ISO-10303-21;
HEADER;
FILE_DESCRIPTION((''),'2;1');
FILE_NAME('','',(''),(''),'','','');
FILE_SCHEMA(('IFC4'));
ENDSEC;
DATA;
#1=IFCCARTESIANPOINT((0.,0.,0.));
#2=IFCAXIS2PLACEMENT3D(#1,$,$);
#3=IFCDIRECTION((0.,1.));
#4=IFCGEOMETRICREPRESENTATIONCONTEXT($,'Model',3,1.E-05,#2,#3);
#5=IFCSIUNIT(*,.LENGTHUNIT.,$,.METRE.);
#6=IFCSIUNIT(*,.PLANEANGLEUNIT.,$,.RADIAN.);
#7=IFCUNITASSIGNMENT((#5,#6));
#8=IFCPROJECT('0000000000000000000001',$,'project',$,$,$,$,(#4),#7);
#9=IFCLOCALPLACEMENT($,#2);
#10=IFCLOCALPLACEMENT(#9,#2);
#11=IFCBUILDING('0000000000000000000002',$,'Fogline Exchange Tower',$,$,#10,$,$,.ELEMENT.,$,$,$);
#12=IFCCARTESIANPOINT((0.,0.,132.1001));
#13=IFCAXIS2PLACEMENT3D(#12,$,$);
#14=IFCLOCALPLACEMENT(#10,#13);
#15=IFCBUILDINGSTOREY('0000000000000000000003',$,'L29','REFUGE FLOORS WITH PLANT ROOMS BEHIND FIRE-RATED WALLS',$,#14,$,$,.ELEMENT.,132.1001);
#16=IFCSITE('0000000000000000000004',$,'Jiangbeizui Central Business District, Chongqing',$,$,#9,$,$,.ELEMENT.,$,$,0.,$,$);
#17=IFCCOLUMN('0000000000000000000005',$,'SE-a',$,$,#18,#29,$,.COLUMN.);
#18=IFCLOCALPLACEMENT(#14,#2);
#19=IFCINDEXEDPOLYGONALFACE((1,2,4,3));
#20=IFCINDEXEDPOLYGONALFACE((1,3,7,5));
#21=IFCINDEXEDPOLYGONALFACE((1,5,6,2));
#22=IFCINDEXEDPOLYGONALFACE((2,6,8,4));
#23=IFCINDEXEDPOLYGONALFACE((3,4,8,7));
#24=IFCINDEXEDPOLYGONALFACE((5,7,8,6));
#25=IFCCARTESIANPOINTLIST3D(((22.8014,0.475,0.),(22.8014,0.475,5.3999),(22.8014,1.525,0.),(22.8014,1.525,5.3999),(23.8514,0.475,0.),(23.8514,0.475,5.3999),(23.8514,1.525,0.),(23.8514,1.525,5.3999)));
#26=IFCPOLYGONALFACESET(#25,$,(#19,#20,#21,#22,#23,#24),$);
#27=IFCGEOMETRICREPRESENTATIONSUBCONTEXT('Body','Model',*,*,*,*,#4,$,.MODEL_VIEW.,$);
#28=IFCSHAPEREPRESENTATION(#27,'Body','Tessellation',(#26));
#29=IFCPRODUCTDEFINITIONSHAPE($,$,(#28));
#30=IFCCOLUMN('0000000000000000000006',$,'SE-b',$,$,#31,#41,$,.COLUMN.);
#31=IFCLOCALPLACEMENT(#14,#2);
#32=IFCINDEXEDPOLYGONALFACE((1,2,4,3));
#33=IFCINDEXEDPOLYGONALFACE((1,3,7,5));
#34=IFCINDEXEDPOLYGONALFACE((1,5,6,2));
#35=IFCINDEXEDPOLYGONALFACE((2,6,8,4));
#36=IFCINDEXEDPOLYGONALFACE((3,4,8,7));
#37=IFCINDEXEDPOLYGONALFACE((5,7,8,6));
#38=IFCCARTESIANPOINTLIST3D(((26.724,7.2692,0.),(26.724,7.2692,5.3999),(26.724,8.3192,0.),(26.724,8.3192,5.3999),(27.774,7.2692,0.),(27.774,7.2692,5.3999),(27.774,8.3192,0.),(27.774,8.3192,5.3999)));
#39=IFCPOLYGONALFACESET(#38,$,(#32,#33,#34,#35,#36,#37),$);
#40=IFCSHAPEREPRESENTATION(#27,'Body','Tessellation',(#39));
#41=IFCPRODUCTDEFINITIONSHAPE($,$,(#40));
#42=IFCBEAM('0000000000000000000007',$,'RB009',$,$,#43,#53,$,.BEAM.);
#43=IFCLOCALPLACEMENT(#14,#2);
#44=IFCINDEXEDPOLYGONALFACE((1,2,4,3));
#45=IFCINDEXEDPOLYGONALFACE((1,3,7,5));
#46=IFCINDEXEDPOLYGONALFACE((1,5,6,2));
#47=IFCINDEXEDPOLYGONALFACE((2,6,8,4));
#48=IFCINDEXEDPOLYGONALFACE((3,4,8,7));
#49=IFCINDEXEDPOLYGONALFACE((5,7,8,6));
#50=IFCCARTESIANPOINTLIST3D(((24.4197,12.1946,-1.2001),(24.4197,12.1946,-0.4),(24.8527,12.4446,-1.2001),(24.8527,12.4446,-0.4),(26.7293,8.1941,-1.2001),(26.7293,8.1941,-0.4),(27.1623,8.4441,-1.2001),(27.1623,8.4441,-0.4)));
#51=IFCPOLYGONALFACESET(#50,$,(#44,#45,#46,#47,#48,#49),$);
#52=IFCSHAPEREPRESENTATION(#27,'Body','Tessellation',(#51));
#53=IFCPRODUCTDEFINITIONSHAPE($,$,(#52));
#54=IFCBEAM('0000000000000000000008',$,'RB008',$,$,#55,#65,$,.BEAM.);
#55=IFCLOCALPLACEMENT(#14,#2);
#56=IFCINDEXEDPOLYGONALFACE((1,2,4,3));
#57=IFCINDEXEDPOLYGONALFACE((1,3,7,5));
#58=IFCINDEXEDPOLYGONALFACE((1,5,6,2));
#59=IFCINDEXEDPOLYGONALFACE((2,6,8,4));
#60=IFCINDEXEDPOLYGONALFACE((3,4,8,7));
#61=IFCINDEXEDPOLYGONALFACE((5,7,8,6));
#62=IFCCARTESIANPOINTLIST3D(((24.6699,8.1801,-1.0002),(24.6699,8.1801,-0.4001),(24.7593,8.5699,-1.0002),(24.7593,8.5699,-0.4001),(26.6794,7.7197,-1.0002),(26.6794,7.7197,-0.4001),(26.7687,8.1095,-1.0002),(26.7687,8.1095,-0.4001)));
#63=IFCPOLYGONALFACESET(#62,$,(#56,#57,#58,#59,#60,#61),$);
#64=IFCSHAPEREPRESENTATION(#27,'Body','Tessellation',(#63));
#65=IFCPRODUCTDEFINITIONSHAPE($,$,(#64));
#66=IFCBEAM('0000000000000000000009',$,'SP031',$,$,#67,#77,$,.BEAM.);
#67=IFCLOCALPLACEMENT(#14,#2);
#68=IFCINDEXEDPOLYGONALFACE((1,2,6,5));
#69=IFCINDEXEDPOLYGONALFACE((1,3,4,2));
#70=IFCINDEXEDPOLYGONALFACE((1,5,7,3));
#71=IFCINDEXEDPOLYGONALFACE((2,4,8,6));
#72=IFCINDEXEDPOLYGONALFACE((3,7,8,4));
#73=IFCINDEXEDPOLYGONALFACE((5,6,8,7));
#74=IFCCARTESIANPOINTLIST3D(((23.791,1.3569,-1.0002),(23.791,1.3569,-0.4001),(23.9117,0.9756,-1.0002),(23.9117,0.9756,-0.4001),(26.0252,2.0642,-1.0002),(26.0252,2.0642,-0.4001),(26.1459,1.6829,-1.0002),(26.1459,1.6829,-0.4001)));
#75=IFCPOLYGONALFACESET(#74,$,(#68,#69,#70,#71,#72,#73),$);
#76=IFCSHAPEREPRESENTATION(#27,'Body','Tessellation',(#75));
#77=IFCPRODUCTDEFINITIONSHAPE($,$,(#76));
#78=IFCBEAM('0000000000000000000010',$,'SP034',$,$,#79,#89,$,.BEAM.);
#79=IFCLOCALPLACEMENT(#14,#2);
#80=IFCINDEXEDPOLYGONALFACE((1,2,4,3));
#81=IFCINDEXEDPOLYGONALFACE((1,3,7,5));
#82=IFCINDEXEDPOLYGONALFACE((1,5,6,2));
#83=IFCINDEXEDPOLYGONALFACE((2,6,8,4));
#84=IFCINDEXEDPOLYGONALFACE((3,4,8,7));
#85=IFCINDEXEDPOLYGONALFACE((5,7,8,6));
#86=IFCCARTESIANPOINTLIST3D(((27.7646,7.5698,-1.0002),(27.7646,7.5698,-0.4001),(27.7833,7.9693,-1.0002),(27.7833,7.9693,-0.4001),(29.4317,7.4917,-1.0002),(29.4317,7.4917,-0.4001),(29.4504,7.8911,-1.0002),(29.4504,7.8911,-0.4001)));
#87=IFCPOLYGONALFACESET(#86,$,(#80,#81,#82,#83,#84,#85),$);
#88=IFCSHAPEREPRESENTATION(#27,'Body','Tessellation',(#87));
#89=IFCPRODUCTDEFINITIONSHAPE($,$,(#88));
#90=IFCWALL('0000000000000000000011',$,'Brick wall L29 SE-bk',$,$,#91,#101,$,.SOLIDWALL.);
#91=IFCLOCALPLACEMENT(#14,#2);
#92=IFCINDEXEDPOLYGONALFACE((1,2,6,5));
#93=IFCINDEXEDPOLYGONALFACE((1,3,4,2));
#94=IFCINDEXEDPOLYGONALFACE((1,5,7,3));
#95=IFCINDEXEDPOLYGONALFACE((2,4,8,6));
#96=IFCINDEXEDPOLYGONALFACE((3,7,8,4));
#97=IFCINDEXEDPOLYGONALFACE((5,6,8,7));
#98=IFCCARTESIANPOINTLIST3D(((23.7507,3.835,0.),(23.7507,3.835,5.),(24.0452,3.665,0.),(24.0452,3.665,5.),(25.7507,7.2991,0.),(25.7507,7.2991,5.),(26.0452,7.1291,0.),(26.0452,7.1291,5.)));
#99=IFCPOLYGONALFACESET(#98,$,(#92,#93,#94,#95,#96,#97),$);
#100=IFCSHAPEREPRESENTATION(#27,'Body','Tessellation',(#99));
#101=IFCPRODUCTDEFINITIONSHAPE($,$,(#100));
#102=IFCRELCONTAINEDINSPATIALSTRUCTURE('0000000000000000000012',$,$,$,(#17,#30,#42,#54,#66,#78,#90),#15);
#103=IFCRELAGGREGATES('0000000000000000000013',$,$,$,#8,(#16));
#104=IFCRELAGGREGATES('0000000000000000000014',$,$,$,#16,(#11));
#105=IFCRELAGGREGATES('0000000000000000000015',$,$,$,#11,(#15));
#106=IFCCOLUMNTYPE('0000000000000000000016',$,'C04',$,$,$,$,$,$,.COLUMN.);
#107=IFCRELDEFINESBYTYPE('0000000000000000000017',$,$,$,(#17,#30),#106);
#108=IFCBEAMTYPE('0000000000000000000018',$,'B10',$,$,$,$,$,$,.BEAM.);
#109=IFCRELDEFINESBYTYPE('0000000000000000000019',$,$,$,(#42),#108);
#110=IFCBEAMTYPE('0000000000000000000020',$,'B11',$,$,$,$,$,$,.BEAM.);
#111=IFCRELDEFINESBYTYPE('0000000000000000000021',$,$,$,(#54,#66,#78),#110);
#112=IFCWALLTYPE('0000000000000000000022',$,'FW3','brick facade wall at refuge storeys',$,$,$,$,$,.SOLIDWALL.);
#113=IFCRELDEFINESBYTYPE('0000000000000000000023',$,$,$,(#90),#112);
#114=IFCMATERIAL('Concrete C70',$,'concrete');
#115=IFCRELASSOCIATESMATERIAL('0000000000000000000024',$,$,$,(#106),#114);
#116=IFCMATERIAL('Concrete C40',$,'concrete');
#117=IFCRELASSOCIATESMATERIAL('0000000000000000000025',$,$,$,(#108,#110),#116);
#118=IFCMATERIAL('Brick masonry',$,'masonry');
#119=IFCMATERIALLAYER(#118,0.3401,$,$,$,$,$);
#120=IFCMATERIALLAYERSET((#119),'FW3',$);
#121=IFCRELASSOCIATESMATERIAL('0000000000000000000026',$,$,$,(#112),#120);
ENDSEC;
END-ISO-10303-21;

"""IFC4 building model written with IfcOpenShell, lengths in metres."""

from ifc_helpers import new_model, si_unit, direction, frame, frame_2d, origin, origin_2d, place, context, subcontext, project, spatial, rectangle, extrude, material, layer, layer_set, material_profile, profile_set, type_object, element, save


model = new_model("IFC4")

# Units and contexts
model_context = context("Model", 3, precision=1e-05, world=origin(), true_north=direction((0.0, 1.0)))
body_context = subcontext(model_context, "Body", "Model", "MODEL_VIEW")
ifc_project = project(units=[si_unit("LENGTHUNIT", "METRE"), si_unit("PLANEANGLEUNIT", "RADIAN")], contexts=[model_context])

# Site, building, storey
site_placement = place(None, origin())
site = spatial("IfcSite", under=ifc_project, at=site_placement, Name="Jiangbeizui Central Business District, Chongqing", CompositionType="ELEMENT", RefElevation=0.0)
building_placement = place(site_placement, origin())
building = spatial("IfcBuilding", under=site, at=building_placement, Name="Fogline Exchange Tower", CompositionType="ELEMENT")
storey_placement = place(building_placement, frame((0.0, 0.0, 132.1001)))
storey = spatial("IfcBuildingStorey", under=building, at=storey_placement, Name="L29", Description="REFUGE FLOORS WITH PLANT ROOMS BEHIND FIRE-RATED WALLS", CompositionType="ELEMENT", Elevation=132.1001)

# Columns
ifc_material_1 = material(Name="Concrete C70", Category="concrete")
ifc_material_profile_1 = material_profile(ifc_material_1, rectangle(XDim=1.05, YDim=1.05, at=origin_2d()), Name="RC 1050x1050")
ifc_profile_set_1 = profile_set([ifc_material_profile_1], Name="Concrete C70")
column_type = type_object("IfcColumnType", Name="C04", PredefinedType="COLUMN", material=ifc_profile_set_1)
for number, where, z_axis, x_axis, name in (
    (1, (23.3264, 1.0, 0.0), (0.0, 0.0, 1.0), (1.0, 0.0, 0.0), "SE-a"),
    (2, (27.249, 7.7942, 0.0), (0.0, 0.0, 1.0), (1.0, 0.0, 0.0), "SE-b"),
):
    element("IfcColumn", number, at=place(storey_placement, frame(where, z_axis=z_axis, x_axis=x_axis)), inside=storey, type_object=column_type, Name=name, PredefinedType="COLUMN", context=body_context, shape_type="SweptSolid", body=[
        extrude(rectangle(XDim=1.05, YDim=1.05, at=origin_2d()), origin(), (0.0, 0.0, 1.0), 5.3999),
    ])

# Beams
ifc_material_2 = material(Name="Concrete C40", Category="concrete")
ifc_material_profile_2 = material_profile(ifc_material_2, rectangle(XDim=0.5, YDim=0.8, at=origin_2d()), Name="RC 500x800")
ifc_profile_set_2 = profile_set([ifc_material_profile_2], Name="Concrete C40")
beam_type_1 = type_object("IfcBeamType", Name="B10", PredefinedType="BEAM", material=ifc_profile_set_2)
beam_1_placement = place(storey_placement, frame((26.9458, 8.3191, -0.8), z_axis=(-0.499982, 0.866036, 0.0), x_axis=(-0.866036, -0.499982, 0.0)))
element("IfcBeam", 3, at=beam_1_placement, inside=storey, type_object=beam_type_1, Name="RB009", PredefinedType="BEAM", context=body_context, shape_type="SweptSolid", body=[
    extrude(rectangle(XDim=0.5, YDim=0.8, at=origin_2d()), origin(), (0.0, 0.0, 1.0), 4.6194),
])
ifc_material_profile_3 = material_profile(ifc_material_2, rectangle(XDim=0.3999, YDim=0.6001, at=origin_2d()), Name="RC 400x600")
ifc_profile_set_3 = profile_set([ifc_material_profile_3], Name="Concrete C40")
beam_type_2 = type_object("IfcBeamType", Name="B11", PredefinedType="BEAM", material=ifc_profile_set_3)
beam_2_placement = place(storey_placement, frame((24.7146, 8.375, -0.7002), z_axis=(0.974739, -0.223346, 0.0), x_axis=(0.223346, 0.974739, 0.0)))
element("IfcBeam", 4, at=beam_2_placement, inside=storey, type_object=beam_type_2, Name="RB008", PredefinedType="BEAM", context=body_context, shape_type="SweptSolid", body=[
    extrude(rectangle(XDim=0.3999, YDim=0.6001, at=origin_2d()), origin(), (0.0, 0.0, 1.0), 2.0615),
])
beam_3_placement = place(storey_placement, frame((23.8513, 1.1663, -0.7002), z_axis=(0.953367, 0.301814, 0.0), x_axis=(-0.301814, 0.953367, 0.0)))
element("IfcBeam", 5, at=beam_3_placement, inside=storey, type_object=beam_type_2, Name="SP031", PredefinedType="BEAM", context=body_context, shape_type="SweptSolid", body=[
    extrude(rectangle(XDim=0.3999, YDim=0.6001, at=origin_2d()), origin(), (0.0, 0.0, 1.0), 2.3435),
])
beam_4_placement = place(storey_placement, frame((27.7739, 7.7695, -0.7002), z_axis=(0.998904, -0.046808, 0.0), x_axis=(0.046808, 0.998904, 0.0)))
element("IfcBeam", 6, at=beam_4_placement, inside=storey, type_object=beam_type_2, Name="SP034", PredefinedType="BEAM", context=body_context, shape_type="SweptSolid", body=[
    extrude(rectangle(XDim=0.3999, YDim=0.6001, at=origin_2d()), origin(), (0.0, 0.0, 1.0), 1.6689),
])

# Wall
ifc_material_3 = material(Name="Brick masonry", Category="masonry")
ifc_layer = layer(ifc_material_3, 0.3401)
ifc_layer_set = layer_set([ifc_layer], Name="FW3")
wall_type = type_object("IfcWallType", Name="FW3", Description="brick facade wall at refuge storeys", PredefinedType="SOLIDWALL", material=ifc_layer_set)
wall_1_placement = place(storey_placement, frame((23.8979, 3.75, 0.0), z_axis=(0.0, 0.0, 1.0), x_axis=(0.499999, 0.866026, 0.0)))
element("IfcWall", 7, at=wall_1_placement, inside=storey, type_object=wall_type, Name="Brick wall L29 SE-bk", PredefinedType="SOLIDWALL", context=body_context, shape_type="SweptSolid", body=[
    extrude(rectangle(XDim=4.0, YDim=0.3401, at=frame_2d((2.0, 0.0))), origin(), (0.0, 0.0, 1.0), 5.0),
])

save(model, "model.ifc")
